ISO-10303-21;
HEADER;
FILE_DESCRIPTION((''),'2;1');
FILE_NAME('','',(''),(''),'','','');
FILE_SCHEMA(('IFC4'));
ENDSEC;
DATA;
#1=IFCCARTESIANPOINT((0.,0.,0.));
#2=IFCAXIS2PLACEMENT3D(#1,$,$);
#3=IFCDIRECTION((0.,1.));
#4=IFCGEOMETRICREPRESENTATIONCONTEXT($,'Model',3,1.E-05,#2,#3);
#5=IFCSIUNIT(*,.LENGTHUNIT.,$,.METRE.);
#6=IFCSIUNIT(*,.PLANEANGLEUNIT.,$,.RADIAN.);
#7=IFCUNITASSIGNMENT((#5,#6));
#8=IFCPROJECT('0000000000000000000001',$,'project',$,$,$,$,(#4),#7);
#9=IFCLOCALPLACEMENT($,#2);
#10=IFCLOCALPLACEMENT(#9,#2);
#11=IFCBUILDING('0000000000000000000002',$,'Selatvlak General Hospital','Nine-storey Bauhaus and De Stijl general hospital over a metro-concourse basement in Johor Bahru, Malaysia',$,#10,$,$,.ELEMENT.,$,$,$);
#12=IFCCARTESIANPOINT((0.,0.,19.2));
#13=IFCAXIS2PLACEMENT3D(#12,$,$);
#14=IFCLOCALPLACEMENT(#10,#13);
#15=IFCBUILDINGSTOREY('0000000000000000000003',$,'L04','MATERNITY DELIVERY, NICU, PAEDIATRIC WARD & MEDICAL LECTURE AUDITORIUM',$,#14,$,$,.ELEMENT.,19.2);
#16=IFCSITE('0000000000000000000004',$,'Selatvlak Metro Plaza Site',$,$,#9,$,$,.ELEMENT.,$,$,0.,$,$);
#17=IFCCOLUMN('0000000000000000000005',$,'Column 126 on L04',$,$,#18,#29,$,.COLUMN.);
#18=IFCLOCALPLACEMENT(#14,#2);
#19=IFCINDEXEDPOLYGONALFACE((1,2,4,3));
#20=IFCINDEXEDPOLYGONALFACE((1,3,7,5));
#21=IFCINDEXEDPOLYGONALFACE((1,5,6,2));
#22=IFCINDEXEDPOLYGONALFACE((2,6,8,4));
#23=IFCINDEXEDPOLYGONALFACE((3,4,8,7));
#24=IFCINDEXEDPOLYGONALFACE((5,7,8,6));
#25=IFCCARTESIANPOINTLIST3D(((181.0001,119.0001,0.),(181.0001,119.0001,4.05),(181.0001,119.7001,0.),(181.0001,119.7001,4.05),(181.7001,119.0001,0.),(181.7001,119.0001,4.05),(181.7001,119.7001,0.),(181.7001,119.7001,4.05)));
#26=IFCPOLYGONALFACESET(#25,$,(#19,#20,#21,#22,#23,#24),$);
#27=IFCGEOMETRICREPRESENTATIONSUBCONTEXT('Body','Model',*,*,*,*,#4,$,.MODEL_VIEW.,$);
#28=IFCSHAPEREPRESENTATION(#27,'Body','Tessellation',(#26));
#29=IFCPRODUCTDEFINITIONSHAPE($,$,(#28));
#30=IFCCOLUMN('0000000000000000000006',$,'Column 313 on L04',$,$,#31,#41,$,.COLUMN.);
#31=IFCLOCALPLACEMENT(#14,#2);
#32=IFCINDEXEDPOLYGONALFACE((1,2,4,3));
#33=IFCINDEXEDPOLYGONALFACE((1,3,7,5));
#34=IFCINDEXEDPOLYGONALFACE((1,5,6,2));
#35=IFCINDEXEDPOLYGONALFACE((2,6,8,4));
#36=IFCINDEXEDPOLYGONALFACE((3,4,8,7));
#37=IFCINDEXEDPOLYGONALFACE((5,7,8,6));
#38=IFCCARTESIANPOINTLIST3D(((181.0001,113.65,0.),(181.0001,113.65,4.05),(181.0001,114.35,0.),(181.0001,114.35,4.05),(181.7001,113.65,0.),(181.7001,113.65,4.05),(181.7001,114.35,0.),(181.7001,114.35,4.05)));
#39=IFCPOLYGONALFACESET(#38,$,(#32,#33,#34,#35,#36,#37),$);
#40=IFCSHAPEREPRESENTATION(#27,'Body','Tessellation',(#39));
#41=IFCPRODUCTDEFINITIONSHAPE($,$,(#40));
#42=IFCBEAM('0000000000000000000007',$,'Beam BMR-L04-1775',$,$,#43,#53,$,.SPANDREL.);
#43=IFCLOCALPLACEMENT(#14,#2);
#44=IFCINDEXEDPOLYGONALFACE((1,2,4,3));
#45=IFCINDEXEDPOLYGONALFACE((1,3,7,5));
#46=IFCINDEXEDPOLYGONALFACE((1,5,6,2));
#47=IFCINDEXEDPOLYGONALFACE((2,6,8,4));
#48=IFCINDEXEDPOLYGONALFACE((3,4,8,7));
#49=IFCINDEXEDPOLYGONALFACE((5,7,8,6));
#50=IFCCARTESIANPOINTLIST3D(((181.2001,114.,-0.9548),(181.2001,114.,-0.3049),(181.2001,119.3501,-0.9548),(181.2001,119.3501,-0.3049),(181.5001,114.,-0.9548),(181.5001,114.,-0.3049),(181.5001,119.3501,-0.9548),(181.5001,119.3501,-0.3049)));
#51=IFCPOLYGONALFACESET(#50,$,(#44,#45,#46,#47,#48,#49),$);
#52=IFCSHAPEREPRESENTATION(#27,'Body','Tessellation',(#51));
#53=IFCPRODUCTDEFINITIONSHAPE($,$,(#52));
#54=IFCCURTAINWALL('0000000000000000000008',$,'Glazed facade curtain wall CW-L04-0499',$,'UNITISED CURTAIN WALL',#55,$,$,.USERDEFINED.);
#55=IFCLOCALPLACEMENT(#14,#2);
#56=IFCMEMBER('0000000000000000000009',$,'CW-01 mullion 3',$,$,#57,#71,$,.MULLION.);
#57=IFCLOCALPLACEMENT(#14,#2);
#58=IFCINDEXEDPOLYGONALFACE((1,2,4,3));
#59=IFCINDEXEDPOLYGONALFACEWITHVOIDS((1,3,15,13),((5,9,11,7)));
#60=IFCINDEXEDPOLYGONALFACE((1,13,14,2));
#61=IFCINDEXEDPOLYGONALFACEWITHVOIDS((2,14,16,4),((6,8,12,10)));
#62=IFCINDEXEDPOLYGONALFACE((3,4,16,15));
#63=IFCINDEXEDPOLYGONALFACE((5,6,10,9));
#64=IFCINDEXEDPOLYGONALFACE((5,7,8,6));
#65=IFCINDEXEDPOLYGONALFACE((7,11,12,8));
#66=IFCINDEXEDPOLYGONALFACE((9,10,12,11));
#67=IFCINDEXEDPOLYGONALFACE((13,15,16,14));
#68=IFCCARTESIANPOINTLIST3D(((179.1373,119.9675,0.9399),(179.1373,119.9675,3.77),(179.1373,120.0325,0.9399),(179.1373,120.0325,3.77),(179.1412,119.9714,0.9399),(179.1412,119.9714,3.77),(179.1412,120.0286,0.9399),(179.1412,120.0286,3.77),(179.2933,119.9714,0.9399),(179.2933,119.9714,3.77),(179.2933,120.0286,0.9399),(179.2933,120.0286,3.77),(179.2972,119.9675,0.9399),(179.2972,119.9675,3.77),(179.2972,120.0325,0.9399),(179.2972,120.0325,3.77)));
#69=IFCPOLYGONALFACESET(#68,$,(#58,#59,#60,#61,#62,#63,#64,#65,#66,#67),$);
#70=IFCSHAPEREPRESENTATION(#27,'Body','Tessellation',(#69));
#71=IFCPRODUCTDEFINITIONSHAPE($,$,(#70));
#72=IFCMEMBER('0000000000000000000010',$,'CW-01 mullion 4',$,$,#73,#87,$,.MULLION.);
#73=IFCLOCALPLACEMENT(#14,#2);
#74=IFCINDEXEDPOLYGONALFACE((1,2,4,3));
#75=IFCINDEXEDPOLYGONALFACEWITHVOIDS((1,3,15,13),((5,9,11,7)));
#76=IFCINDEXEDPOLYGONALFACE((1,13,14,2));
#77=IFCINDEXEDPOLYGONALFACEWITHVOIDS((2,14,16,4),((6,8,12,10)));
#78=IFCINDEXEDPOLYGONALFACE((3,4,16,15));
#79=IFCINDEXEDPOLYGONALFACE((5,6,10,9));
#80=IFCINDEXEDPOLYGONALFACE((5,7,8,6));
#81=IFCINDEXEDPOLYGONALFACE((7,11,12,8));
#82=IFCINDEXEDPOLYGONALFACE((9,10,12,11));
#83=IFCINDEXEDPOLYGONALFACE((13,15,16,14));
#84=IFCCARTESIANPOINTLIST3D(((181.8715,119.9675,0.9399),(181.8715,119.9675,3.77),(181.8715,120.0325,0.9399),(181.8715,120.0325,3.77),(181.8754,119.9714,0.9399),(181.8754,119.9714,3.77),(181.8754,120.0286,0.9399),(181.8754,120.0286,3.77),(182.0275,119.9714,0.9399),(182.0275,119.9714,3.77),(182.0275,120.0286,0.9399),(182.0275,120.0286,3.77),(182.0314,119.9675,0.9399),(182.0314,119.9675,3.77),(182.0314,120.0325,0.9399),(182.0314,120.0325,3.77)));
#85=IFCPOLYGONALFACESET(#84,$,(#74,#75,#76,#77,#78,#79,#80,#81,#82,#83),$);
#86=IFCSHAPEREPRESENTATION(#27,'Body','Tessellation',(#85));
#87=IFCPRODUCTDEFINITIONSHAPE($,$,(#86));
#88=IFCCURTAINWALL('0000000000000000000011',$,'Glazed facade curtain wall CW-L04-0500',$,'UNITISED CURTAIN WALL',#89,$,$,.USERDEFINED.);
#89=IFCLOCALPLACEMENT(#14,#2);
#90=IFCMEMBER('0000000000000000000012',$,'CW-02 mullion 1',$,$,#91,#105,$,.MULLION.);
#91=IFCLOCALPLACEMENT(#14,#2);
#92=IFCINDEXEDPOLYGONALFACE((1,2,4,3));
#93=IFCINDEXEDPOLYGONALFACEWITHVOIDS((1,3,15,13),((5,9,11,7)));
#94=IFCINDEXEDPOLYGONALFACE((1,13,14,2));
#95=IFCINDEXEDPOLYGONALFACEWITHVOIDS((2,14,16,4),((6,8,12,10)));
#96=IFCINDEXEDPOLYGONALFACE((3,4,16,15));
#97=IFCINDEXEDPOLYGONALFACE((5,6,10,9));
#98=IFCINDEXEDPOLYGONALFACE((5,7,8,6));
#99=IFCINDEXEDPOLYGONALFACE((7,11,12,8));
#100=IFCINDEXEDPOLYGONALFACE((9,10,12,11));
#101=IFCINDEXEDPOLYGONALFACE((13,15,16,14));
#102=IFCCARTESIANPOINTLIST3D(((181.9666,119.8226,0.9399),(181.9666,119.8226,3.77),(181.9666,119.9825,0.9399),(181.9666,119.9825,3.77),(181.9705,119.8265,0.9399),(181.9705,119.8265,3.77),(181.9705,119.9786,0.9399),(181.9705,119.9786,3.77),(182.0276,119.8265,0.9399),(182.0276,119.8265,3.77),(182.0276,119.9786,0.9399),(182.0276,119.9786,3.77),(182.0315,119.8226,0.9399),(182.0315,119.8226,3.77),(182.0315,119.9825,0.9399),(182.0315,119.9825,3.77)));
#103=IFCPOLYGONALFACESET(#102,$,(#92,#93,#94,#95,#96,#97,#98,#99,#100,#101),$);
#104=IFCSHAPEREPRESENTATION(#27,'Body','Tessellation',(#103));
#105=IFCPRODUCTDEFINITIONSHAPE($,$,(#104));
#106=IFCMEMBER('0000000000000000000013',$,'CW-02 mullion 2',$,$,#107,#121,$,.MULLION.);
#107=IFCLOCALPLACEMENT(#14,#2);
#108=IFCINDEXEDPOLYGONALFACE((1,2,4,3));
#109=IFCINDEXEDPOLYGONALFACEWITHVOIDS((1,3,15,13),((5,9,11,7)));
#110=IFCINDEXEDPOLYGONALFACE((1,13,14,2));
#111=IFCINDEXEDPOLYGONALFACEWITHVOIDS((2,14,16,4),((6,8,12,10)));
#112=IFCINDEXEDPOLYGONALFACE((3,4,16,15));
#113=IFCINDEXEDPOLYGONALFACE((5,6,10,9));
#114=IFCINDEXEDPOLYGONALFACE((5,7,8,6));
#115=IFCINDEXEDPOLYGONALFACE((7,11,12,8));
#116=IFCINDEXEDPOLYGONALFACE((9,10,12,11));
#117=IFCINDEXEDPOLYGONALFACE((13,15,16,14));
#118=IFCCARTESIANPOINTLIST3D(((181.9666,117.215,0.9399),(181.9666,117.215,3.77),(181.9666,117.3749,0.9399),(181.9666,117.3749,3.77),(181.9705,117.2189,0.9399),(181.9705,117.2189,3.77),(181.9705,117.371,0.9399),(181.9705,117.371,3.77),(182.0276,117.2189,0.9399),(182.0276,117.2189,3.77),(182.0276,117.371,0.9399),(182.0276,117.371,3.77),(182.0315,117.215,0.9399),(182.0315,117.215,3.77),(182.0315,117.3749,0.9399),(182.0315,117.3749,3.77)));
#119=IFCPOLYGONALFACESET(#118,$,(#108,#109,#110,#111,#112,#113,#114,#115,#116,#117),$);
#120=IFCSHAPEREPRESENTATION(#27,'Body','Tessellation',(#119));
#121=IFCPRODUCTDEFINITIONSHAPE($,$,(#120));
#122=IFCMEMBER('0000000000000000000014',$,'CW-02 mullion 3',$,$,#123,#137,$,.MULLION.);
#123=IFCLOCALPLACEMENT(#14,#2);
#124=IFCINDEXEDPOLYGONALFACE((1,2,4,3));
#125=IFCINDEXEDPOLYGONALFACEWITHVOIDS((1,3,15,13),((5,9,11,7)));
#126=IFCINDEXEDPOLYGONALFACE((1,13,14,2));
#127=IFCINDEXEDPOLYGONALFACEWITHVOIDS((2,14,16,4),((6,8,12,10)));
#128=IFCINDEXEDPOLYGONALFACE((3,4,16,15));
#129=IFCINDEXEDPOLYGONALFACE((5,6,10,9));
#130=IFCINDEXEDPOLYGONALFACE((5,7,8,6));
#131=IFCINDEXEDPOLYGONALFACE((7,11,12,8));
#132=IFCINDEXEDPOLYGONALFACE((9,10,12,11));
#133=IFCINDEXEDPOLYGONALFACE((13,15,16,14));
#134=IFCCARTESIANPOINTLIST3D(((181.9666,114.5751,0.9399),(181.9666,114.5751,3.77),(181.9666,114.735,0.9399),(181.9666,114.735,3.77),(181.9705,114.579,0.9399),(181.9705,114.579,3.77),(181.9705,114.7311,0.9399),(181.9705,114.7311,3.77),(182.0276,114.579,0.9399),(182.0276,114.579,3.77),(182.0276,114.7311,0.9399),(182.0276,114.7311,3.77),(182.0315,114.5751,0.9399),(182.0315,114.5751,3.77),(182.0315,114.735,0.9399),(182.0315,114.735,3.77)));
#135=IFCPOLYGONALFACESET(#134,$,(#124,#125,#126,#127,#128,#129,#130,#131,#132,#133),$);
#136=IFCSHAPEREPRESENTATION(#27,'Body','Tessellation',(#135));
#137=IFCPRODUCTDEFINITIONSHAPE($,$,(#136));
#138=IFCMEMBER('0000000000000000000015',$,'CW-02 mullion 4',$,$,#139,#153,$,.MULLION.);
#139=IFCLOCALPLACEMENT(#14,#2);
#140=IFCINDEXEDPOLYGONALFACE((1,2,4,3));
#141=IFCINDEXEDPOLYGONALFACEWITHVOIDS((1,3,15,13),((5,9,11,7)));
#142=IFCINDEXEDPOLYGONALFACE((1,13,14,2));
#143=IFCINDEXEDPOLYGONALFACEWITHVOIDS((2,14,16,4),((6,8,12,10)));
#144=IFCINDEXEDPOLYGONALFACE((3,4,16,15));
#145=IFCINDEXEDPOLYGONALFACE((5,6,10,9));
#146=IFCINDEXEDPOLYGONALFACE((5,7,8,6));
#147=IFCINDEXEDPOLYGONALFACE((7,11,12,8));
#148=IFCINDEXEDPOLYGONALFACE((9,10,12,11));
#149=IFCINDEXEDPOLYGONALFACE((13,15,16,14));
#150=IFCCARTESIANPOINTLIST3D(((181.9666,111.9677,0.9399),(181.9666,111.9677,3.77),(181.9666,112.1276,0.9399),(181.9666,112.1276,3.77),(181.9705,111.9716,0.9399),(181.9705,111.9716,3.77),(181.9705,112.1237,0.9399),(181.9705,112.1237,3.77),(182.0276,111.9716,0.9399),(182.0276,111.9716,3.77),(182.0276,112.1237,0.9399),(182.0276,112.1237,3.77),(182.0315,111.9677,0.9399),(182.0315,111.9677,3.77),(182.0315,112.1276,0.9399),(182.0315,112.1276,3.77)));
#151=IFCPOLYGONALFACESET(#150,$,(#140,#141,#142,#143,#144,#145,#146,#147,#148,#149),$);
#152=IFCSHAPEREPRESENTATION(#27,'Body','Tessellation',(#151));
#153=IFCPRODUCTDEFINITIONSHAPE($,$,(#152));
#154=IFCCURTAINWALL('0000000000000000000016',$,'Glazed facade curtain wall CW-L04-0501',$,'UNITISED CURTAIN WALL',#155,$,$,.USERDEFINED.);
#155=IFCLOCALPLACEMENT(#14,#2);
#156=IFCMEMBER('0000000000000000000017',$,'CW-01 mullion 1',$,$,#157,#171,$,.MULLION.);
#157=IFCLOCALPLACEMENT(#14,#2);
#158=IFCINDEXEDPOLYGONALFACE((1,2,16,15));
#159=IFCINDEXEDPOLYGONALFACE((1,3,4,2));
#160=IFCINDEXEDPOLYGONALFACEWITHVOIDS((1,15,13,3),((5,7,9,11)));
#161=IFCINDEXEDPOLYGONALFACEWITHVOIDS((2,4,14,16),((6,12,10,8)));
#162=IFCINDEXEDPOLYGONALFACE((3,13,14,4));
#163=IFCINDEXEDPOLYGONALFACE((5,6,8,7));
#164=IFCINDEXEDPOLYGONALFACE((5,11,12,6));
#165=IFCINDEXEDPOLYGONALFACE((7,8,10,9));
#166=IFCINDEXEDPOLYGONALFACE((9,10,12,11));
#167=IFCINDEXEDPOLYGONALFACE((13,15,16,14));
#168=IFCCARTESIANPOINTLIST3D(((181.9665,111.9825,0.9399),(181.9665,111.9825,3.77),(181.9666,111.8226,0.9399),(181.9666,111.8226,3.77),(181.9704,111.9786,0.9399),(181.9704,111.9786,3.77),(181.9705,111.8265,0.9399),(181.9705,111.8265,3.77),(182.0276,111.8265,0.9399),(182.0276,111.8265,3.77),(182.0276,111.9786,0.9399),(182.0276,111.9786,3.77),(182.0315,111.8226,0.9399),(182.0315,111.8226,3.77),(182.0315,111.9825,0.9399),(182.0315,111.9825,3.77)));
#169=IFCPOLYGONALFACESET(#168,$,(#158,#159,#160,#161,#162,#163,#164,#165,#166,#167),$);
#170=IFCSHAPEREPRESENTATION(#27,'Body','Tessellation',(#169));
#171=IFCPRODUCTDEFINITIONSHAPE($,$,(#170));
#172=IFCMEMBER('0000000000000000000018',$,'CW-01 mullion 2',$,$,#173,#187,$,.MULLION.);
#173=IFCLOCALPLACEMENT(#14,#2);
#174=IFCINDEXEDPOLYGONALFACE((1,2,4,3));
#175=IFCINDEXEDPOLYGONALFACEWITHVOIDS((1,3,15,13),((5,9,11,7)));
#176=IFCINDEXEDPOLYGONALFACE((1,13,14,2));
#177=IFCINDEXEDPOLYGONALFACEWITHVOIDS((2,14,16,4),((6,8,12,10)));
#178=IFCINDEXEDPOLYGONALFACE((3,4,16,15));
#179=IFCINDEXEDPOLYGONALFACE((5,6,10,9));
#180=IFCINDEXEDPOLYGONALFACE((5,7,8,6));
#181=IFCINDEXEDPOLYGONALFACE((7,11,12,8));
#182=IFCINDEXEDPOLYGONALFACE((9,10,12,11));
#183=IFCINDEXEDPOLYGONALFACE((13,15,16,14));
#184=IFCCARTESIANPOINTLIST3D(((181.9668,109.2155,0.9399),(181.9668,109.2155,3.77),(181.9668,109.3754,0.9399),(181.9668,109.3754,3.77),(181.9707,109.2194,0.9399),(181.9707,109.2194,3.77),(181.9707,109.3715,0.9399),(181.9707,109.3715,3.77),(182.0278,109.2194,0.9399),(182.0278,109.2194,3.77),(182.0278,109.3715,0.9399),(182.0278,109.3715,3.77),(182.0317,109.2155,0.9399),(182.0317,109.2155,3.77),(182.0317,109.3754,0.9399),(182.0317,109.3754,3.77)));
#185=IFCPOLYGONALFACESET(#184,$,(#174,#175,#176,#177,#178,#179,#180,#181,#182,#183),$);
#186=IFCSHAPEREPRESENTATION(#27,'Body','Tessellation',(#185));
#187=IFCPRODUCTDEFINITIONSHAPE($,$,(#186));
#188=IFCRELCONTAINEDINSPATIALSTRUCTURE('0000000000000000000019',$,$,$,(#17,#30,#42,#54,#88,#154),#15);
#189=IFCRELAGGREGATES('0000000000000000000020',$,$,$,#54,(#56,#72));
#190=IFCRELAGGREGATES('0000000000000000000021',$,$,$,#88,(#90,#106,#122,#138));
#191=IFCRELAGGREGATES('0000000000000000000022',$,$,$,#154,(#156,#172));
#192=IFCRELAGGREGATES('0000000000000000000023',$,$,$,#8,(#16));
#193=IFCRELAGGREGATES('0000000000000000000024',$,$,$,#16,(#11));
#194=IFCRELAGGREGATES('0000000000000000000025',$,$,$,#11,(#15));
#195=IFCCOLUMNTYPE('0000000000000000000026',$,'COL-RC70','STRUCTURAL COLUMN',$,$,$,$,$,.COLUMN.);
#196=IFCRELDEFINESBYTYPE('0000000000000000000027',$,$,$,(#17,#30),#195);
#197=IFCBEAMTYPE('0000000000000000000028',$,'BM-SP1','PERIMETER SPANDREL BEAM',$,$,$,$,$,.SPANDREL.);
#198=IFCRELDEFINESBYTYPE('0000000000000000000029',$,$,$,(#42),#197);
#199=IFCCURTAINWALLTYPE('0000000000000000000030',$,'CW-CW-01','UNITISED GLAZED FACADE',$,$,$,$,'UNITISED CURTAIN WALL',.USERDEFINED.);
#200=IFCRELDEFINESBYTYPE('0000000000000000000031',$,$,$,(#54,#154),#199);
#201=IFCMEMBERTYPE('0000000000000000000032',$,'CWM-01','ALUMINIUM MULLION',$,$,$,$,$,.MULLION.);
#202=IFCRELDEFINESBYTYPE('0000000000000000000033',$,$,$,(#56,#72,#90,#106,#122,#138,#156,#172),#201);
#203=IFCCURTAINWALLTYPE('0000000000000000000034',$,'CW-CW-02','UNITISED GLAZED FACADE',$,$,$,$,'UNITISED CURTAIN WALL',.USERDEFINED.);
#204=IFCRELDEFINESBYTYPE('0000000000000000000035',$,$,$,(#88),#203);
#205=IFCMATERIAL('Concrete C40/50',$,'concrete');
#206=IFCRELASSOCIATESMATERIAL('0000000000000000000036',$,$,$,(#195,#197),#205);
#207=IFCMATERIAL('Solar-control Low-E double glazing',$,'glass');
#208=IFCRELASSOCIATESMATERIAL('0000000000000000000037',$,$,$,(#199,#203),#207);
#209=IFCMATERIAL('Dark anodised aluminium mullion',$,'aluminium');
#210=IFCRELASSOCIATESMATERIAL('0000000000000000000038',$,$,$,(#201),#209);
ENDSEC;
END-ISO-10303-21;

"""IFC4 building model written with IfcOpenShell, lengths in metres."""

from ifc_helpers import new_model, si_unit, direction, frame, origin, origin_2d, place, context, subcontext, project, spatial, rectangle, hollow_rectangle, extrude, material, material_profile, profile_set, type_object, element, aggregate, save


model = new_model("IFC4")

# Units and contexts
model_context = context("Model", 3, precision=1e-05, world=origin(), true_north=direction((0.0, 1.0)))
body_context = subcontext(model_context, "Body", "Model", "MODEL_VIEW")
ifc_project = project(units=[si_unit("LENGTHUNIT", "METRE"), si_unit("PLANEANGLEUNIT", "RADIAN")], contexts=[model_context])

# Site, building, storey
site_placement = place(None, origin())
site = spatial("IfcSite", under=ifc_project, at=site_placement, Name="Selatvlak Metro Plaza Site", CompositionType="ELEMENT", RefElevation=0.0)
building_placement = place(site_placement, origin())
building = spatial("IfcBuilding", under=site, at=building_placement, Name="Selatvlak General Hospital", Description="Nine-storey Bauhaus and De Stijl general hospital over a metro-concourse basement in Johor Bahru, Malaysia", CompositionType="ELEMENT")
storey_placement = place(building_placement, frame((0.0, 0.0, 19.2)))
storey = spatial("IfcBuildingStorey", under=building, at=storey_placement, Name="L04", Description="MATERNITY DELIVERY, NICU, PAEDIATRIC WARD & MEDICAL LECTURE AUDITORIUM", CompositionType="ELEMENT", Elevation=19.2)

# Columns
ifc_material_1 = material(Name="Concrete C40/50", Category="concrete")
ifc_material_profile_1 = material_profile(ifc_material_1, rectangle(XDim=0.7, YDim=0.7, at=origin_2d()), Name="RC-COL 700x700")
ifc_profile_set_1 = profile_set([ifc_material_profile_1], Name="Concrete C40/50")
column_type = type_object("IfcColumnType", Name="COL-RC70", Description="STRUCTURAL COLUMN", PredefinedType="COLUMN", material=ifc_profile_set_1)
for number, where, z_axis, x_axis, name in (
    (1, (181.3501, 119.3501, 0.0), (0.0, 0.0, 1.0), (1.0, 0.0, 0.0), "Column 126 on L04"),
    (2, (181.3501, 114.0, 0.0), (0.0, 0.0, 1.0), (1.0, 0.0, 0.0), "Column 313 on L04"),
):
    element("IfcColumn", number, at=place(storey_placement, frame(where, z_axis=z_axis, x_axis=x_axis)), inside=storey, type_object=column_type, Name=name, PredefinedType="COLUMN", context=body_context, shape_type="SweptSolid", body=[
        extrude(rectangle(XDim=0.7, YDim=0.7, at=origin_2d()), origin(), (0.0, 0.0, 1.0), 4.05),
    ])

# Beam
ifc_material_profile_2 = material_profile(ifc_material_1, rectangle(XDim=0.3, YDim=0.6499, at=origin_2d()), Name="RC-SP 300x650")
ifc_profile_set_2 = profile_set([ifc_material_profile_2], Name="Concrete C40/50")
beam_type = type_object("IfcBeamType", Name="BM-SP1", Description="PERIMETER SPANDREL BEAM", PredefinedType="SPANDREL", material=ifc_profile_set_2)
beam_placement = place(storey_placement, frame((181.3501, 114.0, -0.6299), z_axis=(0.0, 1.0, 0.0), x_axis=(-1.0, 0.0, 0.0)))
element("IfcBeam", 3, at=beam_placement, inside=storey, type_object=beam_type, Name="Beam BMR-L04-1775", PredefinedType="SPANDREL", context=body_context, shape_type="SweptSolid", body=[
    extrude(rectangle(XDim=0.3, YDim=0.6499, at=origin_2d()), origin(), (0.0, 0.0, 1.0), 5.3501),
])

# Curtain walls, members
ifc_material_2 = material(Name="Solar-control Low-E double glazing", Category="glass")
curtain_wall_type_1 = type_object("IfcCurtainWallType", Name="CW-CW-01", Description="UNITISED GLAZED FACADE", ElementType="UNITISED CURTAIN WALL", PredefinedType="USERDEFINED", material=ifc_material_2)
curtain_wall_1_placement = place(storey_placement, origin())
curtain_wall_1 = element("IfcCurtainWall", 4, at=curtain_wall_1_placement, inside=storey, type_object=curtain_wall_type_1, Name="Glazed facade curtain wall CW-L04-0499", ObjectType="UNITISED CURTAIN WALL", PredefinedType="USERDEFINED")
ifc_material_3 = material(Name="Dark anodised aluminium mullion", Category="aluminium")
ifc_material_profile_3 = material_profile(ifc_material_3, hollow_rectangle(XDim=0.0649, YDim=0.1599, WallThickness=0.0039, at=origin_2d()), Name="AL-MUL 65x160x4")
ifc_profile_set_3 = profile_set([ifc_material_profile_3], Name="Dark anodised aluminium mullion")
member_type_1 = type_object("IfcMemberType", Name="CWM-01", Description="ALUMINIUM MULLION", PredefinedType="MULLION", material=ifc_profile_set_3)
member_1_placement = place(storey_placement, frame((179.2173, 120.0, 0.9399), z_axis=(0.0, 0.0, 1.0), x_axis=(0.0, 1.0, 0.0)))
member_1 = element("IfcMember", 5, at=member_1_placement, type_object=member_type_1, Name="CW-01 mullion 3", PredefinedType="MULLION", context=body_context, shape_type="SweptSolid", body=[
    extrude(hollow_rectangle(XDim=0.0649, YDim=0.1599, WallThickness=0.0039, at=origin_2d()), origin(), (0.0, 0.0, 1.0), 2.8301),
])
member_2_placement = place(storey_placement, frame((181.9514, 120.0, 0.9399), z_axis=(0.0, 0.0, 1.0), x_axis=(0.0, 1.0, 0.0)))
member_2 = element("IfcMember", 6, at=member_2_placement, type_object=member_type_1, Name="CW-01 mullion 4", PredefinedType="MULLION", context=body_context, shape_type="SweptSolid", body=[
    extrude(hollow_rectangle(XDim=0.0649, YDim=0.1599, WallThickness=0.0039, at=origin_2d()), origin(), (0.0, 0.0, 1.0), 2.8301),
])
curtain_wall_type_2 = type_object("IfcCurtainWallType", Name="CW-CW-02", Description="UNITISED GLAZED FACADE", ElementType="UNITISED CURTAIN WALL", PredefinedType="USERDEFINED", material=ifc_material_2)
curtain_wall_2_placement = place(storey_placement, origin())
curtain_wall_2 = element("IfcCurtainWall", 7, at=curtain_wall_2_placement, inside=storey, type_object=curtain_wall_type_2, Name="Glazed facade curtain wall CW-L04-0500", ObjectType="UNITISED CURTAIN WALL", PredefinedType="USERDEFINED")
member_3_placement = place(storey_placement, frame((181.999, 119.9026, 0.9399), z_axis=(0.0, 0.0, 1.0), x_axis=(1.0, 0.0, 0.0)))
member_3 = element("IfcMember", 8, at=member_3_placement, type_object=member_type_1, Name="CW-02 mullion 1", PredefinedType="MULLION", context=body_context, shape_type="SweptSolid", body=[
    extrude(hollow_rectangle(XDim=0.0649, YDim=0.1599, WallThickness=0.0039, at=origin_2d()), origin(), (0.0, 0.0, 1.0), 2.8301),
])
member_4_placement = place(storey_placement, frame((181.999, 117.2949, 0.9399), z_axis=(0.0, 0.0, 1.0), x_axis=(1.0, 0.0, 0.0)))
member_4 = element("IfcMember", 9, at=member_4_placement, type_object=member_type_1, Name="CW-02 mullion 2", PredefinedType="MULLION", context=body_context, shape_type="SweptSolid", body=[
    extrude(hollow_rectangle(XDim=0.0649, YDim=0.1599, WallThickness=0.0039, at=origin_2d()), origin(), (0.0, 0.0, 1.0), 2.8301),
])
member_5_placement = place(storey_placement, frame((181.999, 114.655, 0.9399), z_axis=(0.0, 0.0, 1.0), x_axis=(1.0, 0.0, 0.0)))
member_5 = element("IfcMember", 10, at=member_5_placement, type_object=member_type_1, Name="CW-02 mullion 3", PredefinedType="MULLION", context=body_context, shape_type="SweptSolid", body=[
    extrude(hollow_rectangle(XDim=0.0649, YDim=0.1599, WallThickness=0.0039, at=origin_2d()), origin(), (0.0, 0.0, 1.0), 2.8301),
])
member_6_placement = place(storey_placement, frame((181.999, 112.0476, 0.9399), z_axis=(0.0, 0.0, 1.0), x_axis=(1.0, 0.0, 0.0)))
member_6 = element("IfcMember", 11, at=member_6_placement, type_object=member_type_1, Name="CW-02 mullion 4", PredefinedType="MULLION", context=body_context, shape_type="SweptSolid", body=[
    extrude(hollow_rectangle(XDim=0.0649, YDim=0.1599, WallThickness=0.0039, at=origin_2d()), origin(), (0.0, 0.0, 1.0), 2.8301),
])
curtain_wall_3_placement = place(storey_placement, origin())
curtain_wall_3 = element("IfcCurtainWall", 12, at=curtain_wall_3_placement, inside=storey, type_object=curtain_wall_type_1, Name="Glazed facade curtain wall CW-L04-0501", ObjectType="UNITISED CURTAIN WALL", PredefinedType="USERDEFINED")
member_7_placement = place(storey_placement, frame((181.999, 111.9026, 0.9399), z_axis=(0.0, 0.0, 1.0), x_axis=(1.0, 0.000126, 0.0)))
member_7 = element("IfcMember", 13, at=member_7_placement, type_object=member_type_1, Name="CW-01 mullion 1", PredefinedType="MULLION", context=body_context, shape_type="SweptSolid", body=[
    extrude(hollow_rectangle(XDim=0.0649, YDim=0.1599, WallThickness=0.0039, at=origin_2d()), origin(), (0.0, 0.0, 1.0), 2.8301),
])
member_8_placement = place(storey_placement, frame((181.9993, 109.2954, 0.9399), z_axis=(0.0, 0.0, 1.0), x_axis=(1.0, 0.000126, 0.0)))
member_8 = element("IfcMember", 14, at=member_8_placement, type_object=member_type_1, Name="CW-01 mullion 2", PredefinedType="MULLION", context=body_context, shape_type="SweptSolid", body=[
    extrude(hollow_rectangle(XDim=0.0649, YDim=0.1599, WallThickness=0.0039, at=origin_2d()), origin(), (0.0, 0.0, 1.0), 2.8301),
])

aggregate(curtain_wall_1, [member_1, member_2])
aggregate(curtain_wall_2, [member_3, member_4, member_5, member_6])
aggregate(curtain_wall_3, [member_7, member_8])

save(model, "model.ifc")
